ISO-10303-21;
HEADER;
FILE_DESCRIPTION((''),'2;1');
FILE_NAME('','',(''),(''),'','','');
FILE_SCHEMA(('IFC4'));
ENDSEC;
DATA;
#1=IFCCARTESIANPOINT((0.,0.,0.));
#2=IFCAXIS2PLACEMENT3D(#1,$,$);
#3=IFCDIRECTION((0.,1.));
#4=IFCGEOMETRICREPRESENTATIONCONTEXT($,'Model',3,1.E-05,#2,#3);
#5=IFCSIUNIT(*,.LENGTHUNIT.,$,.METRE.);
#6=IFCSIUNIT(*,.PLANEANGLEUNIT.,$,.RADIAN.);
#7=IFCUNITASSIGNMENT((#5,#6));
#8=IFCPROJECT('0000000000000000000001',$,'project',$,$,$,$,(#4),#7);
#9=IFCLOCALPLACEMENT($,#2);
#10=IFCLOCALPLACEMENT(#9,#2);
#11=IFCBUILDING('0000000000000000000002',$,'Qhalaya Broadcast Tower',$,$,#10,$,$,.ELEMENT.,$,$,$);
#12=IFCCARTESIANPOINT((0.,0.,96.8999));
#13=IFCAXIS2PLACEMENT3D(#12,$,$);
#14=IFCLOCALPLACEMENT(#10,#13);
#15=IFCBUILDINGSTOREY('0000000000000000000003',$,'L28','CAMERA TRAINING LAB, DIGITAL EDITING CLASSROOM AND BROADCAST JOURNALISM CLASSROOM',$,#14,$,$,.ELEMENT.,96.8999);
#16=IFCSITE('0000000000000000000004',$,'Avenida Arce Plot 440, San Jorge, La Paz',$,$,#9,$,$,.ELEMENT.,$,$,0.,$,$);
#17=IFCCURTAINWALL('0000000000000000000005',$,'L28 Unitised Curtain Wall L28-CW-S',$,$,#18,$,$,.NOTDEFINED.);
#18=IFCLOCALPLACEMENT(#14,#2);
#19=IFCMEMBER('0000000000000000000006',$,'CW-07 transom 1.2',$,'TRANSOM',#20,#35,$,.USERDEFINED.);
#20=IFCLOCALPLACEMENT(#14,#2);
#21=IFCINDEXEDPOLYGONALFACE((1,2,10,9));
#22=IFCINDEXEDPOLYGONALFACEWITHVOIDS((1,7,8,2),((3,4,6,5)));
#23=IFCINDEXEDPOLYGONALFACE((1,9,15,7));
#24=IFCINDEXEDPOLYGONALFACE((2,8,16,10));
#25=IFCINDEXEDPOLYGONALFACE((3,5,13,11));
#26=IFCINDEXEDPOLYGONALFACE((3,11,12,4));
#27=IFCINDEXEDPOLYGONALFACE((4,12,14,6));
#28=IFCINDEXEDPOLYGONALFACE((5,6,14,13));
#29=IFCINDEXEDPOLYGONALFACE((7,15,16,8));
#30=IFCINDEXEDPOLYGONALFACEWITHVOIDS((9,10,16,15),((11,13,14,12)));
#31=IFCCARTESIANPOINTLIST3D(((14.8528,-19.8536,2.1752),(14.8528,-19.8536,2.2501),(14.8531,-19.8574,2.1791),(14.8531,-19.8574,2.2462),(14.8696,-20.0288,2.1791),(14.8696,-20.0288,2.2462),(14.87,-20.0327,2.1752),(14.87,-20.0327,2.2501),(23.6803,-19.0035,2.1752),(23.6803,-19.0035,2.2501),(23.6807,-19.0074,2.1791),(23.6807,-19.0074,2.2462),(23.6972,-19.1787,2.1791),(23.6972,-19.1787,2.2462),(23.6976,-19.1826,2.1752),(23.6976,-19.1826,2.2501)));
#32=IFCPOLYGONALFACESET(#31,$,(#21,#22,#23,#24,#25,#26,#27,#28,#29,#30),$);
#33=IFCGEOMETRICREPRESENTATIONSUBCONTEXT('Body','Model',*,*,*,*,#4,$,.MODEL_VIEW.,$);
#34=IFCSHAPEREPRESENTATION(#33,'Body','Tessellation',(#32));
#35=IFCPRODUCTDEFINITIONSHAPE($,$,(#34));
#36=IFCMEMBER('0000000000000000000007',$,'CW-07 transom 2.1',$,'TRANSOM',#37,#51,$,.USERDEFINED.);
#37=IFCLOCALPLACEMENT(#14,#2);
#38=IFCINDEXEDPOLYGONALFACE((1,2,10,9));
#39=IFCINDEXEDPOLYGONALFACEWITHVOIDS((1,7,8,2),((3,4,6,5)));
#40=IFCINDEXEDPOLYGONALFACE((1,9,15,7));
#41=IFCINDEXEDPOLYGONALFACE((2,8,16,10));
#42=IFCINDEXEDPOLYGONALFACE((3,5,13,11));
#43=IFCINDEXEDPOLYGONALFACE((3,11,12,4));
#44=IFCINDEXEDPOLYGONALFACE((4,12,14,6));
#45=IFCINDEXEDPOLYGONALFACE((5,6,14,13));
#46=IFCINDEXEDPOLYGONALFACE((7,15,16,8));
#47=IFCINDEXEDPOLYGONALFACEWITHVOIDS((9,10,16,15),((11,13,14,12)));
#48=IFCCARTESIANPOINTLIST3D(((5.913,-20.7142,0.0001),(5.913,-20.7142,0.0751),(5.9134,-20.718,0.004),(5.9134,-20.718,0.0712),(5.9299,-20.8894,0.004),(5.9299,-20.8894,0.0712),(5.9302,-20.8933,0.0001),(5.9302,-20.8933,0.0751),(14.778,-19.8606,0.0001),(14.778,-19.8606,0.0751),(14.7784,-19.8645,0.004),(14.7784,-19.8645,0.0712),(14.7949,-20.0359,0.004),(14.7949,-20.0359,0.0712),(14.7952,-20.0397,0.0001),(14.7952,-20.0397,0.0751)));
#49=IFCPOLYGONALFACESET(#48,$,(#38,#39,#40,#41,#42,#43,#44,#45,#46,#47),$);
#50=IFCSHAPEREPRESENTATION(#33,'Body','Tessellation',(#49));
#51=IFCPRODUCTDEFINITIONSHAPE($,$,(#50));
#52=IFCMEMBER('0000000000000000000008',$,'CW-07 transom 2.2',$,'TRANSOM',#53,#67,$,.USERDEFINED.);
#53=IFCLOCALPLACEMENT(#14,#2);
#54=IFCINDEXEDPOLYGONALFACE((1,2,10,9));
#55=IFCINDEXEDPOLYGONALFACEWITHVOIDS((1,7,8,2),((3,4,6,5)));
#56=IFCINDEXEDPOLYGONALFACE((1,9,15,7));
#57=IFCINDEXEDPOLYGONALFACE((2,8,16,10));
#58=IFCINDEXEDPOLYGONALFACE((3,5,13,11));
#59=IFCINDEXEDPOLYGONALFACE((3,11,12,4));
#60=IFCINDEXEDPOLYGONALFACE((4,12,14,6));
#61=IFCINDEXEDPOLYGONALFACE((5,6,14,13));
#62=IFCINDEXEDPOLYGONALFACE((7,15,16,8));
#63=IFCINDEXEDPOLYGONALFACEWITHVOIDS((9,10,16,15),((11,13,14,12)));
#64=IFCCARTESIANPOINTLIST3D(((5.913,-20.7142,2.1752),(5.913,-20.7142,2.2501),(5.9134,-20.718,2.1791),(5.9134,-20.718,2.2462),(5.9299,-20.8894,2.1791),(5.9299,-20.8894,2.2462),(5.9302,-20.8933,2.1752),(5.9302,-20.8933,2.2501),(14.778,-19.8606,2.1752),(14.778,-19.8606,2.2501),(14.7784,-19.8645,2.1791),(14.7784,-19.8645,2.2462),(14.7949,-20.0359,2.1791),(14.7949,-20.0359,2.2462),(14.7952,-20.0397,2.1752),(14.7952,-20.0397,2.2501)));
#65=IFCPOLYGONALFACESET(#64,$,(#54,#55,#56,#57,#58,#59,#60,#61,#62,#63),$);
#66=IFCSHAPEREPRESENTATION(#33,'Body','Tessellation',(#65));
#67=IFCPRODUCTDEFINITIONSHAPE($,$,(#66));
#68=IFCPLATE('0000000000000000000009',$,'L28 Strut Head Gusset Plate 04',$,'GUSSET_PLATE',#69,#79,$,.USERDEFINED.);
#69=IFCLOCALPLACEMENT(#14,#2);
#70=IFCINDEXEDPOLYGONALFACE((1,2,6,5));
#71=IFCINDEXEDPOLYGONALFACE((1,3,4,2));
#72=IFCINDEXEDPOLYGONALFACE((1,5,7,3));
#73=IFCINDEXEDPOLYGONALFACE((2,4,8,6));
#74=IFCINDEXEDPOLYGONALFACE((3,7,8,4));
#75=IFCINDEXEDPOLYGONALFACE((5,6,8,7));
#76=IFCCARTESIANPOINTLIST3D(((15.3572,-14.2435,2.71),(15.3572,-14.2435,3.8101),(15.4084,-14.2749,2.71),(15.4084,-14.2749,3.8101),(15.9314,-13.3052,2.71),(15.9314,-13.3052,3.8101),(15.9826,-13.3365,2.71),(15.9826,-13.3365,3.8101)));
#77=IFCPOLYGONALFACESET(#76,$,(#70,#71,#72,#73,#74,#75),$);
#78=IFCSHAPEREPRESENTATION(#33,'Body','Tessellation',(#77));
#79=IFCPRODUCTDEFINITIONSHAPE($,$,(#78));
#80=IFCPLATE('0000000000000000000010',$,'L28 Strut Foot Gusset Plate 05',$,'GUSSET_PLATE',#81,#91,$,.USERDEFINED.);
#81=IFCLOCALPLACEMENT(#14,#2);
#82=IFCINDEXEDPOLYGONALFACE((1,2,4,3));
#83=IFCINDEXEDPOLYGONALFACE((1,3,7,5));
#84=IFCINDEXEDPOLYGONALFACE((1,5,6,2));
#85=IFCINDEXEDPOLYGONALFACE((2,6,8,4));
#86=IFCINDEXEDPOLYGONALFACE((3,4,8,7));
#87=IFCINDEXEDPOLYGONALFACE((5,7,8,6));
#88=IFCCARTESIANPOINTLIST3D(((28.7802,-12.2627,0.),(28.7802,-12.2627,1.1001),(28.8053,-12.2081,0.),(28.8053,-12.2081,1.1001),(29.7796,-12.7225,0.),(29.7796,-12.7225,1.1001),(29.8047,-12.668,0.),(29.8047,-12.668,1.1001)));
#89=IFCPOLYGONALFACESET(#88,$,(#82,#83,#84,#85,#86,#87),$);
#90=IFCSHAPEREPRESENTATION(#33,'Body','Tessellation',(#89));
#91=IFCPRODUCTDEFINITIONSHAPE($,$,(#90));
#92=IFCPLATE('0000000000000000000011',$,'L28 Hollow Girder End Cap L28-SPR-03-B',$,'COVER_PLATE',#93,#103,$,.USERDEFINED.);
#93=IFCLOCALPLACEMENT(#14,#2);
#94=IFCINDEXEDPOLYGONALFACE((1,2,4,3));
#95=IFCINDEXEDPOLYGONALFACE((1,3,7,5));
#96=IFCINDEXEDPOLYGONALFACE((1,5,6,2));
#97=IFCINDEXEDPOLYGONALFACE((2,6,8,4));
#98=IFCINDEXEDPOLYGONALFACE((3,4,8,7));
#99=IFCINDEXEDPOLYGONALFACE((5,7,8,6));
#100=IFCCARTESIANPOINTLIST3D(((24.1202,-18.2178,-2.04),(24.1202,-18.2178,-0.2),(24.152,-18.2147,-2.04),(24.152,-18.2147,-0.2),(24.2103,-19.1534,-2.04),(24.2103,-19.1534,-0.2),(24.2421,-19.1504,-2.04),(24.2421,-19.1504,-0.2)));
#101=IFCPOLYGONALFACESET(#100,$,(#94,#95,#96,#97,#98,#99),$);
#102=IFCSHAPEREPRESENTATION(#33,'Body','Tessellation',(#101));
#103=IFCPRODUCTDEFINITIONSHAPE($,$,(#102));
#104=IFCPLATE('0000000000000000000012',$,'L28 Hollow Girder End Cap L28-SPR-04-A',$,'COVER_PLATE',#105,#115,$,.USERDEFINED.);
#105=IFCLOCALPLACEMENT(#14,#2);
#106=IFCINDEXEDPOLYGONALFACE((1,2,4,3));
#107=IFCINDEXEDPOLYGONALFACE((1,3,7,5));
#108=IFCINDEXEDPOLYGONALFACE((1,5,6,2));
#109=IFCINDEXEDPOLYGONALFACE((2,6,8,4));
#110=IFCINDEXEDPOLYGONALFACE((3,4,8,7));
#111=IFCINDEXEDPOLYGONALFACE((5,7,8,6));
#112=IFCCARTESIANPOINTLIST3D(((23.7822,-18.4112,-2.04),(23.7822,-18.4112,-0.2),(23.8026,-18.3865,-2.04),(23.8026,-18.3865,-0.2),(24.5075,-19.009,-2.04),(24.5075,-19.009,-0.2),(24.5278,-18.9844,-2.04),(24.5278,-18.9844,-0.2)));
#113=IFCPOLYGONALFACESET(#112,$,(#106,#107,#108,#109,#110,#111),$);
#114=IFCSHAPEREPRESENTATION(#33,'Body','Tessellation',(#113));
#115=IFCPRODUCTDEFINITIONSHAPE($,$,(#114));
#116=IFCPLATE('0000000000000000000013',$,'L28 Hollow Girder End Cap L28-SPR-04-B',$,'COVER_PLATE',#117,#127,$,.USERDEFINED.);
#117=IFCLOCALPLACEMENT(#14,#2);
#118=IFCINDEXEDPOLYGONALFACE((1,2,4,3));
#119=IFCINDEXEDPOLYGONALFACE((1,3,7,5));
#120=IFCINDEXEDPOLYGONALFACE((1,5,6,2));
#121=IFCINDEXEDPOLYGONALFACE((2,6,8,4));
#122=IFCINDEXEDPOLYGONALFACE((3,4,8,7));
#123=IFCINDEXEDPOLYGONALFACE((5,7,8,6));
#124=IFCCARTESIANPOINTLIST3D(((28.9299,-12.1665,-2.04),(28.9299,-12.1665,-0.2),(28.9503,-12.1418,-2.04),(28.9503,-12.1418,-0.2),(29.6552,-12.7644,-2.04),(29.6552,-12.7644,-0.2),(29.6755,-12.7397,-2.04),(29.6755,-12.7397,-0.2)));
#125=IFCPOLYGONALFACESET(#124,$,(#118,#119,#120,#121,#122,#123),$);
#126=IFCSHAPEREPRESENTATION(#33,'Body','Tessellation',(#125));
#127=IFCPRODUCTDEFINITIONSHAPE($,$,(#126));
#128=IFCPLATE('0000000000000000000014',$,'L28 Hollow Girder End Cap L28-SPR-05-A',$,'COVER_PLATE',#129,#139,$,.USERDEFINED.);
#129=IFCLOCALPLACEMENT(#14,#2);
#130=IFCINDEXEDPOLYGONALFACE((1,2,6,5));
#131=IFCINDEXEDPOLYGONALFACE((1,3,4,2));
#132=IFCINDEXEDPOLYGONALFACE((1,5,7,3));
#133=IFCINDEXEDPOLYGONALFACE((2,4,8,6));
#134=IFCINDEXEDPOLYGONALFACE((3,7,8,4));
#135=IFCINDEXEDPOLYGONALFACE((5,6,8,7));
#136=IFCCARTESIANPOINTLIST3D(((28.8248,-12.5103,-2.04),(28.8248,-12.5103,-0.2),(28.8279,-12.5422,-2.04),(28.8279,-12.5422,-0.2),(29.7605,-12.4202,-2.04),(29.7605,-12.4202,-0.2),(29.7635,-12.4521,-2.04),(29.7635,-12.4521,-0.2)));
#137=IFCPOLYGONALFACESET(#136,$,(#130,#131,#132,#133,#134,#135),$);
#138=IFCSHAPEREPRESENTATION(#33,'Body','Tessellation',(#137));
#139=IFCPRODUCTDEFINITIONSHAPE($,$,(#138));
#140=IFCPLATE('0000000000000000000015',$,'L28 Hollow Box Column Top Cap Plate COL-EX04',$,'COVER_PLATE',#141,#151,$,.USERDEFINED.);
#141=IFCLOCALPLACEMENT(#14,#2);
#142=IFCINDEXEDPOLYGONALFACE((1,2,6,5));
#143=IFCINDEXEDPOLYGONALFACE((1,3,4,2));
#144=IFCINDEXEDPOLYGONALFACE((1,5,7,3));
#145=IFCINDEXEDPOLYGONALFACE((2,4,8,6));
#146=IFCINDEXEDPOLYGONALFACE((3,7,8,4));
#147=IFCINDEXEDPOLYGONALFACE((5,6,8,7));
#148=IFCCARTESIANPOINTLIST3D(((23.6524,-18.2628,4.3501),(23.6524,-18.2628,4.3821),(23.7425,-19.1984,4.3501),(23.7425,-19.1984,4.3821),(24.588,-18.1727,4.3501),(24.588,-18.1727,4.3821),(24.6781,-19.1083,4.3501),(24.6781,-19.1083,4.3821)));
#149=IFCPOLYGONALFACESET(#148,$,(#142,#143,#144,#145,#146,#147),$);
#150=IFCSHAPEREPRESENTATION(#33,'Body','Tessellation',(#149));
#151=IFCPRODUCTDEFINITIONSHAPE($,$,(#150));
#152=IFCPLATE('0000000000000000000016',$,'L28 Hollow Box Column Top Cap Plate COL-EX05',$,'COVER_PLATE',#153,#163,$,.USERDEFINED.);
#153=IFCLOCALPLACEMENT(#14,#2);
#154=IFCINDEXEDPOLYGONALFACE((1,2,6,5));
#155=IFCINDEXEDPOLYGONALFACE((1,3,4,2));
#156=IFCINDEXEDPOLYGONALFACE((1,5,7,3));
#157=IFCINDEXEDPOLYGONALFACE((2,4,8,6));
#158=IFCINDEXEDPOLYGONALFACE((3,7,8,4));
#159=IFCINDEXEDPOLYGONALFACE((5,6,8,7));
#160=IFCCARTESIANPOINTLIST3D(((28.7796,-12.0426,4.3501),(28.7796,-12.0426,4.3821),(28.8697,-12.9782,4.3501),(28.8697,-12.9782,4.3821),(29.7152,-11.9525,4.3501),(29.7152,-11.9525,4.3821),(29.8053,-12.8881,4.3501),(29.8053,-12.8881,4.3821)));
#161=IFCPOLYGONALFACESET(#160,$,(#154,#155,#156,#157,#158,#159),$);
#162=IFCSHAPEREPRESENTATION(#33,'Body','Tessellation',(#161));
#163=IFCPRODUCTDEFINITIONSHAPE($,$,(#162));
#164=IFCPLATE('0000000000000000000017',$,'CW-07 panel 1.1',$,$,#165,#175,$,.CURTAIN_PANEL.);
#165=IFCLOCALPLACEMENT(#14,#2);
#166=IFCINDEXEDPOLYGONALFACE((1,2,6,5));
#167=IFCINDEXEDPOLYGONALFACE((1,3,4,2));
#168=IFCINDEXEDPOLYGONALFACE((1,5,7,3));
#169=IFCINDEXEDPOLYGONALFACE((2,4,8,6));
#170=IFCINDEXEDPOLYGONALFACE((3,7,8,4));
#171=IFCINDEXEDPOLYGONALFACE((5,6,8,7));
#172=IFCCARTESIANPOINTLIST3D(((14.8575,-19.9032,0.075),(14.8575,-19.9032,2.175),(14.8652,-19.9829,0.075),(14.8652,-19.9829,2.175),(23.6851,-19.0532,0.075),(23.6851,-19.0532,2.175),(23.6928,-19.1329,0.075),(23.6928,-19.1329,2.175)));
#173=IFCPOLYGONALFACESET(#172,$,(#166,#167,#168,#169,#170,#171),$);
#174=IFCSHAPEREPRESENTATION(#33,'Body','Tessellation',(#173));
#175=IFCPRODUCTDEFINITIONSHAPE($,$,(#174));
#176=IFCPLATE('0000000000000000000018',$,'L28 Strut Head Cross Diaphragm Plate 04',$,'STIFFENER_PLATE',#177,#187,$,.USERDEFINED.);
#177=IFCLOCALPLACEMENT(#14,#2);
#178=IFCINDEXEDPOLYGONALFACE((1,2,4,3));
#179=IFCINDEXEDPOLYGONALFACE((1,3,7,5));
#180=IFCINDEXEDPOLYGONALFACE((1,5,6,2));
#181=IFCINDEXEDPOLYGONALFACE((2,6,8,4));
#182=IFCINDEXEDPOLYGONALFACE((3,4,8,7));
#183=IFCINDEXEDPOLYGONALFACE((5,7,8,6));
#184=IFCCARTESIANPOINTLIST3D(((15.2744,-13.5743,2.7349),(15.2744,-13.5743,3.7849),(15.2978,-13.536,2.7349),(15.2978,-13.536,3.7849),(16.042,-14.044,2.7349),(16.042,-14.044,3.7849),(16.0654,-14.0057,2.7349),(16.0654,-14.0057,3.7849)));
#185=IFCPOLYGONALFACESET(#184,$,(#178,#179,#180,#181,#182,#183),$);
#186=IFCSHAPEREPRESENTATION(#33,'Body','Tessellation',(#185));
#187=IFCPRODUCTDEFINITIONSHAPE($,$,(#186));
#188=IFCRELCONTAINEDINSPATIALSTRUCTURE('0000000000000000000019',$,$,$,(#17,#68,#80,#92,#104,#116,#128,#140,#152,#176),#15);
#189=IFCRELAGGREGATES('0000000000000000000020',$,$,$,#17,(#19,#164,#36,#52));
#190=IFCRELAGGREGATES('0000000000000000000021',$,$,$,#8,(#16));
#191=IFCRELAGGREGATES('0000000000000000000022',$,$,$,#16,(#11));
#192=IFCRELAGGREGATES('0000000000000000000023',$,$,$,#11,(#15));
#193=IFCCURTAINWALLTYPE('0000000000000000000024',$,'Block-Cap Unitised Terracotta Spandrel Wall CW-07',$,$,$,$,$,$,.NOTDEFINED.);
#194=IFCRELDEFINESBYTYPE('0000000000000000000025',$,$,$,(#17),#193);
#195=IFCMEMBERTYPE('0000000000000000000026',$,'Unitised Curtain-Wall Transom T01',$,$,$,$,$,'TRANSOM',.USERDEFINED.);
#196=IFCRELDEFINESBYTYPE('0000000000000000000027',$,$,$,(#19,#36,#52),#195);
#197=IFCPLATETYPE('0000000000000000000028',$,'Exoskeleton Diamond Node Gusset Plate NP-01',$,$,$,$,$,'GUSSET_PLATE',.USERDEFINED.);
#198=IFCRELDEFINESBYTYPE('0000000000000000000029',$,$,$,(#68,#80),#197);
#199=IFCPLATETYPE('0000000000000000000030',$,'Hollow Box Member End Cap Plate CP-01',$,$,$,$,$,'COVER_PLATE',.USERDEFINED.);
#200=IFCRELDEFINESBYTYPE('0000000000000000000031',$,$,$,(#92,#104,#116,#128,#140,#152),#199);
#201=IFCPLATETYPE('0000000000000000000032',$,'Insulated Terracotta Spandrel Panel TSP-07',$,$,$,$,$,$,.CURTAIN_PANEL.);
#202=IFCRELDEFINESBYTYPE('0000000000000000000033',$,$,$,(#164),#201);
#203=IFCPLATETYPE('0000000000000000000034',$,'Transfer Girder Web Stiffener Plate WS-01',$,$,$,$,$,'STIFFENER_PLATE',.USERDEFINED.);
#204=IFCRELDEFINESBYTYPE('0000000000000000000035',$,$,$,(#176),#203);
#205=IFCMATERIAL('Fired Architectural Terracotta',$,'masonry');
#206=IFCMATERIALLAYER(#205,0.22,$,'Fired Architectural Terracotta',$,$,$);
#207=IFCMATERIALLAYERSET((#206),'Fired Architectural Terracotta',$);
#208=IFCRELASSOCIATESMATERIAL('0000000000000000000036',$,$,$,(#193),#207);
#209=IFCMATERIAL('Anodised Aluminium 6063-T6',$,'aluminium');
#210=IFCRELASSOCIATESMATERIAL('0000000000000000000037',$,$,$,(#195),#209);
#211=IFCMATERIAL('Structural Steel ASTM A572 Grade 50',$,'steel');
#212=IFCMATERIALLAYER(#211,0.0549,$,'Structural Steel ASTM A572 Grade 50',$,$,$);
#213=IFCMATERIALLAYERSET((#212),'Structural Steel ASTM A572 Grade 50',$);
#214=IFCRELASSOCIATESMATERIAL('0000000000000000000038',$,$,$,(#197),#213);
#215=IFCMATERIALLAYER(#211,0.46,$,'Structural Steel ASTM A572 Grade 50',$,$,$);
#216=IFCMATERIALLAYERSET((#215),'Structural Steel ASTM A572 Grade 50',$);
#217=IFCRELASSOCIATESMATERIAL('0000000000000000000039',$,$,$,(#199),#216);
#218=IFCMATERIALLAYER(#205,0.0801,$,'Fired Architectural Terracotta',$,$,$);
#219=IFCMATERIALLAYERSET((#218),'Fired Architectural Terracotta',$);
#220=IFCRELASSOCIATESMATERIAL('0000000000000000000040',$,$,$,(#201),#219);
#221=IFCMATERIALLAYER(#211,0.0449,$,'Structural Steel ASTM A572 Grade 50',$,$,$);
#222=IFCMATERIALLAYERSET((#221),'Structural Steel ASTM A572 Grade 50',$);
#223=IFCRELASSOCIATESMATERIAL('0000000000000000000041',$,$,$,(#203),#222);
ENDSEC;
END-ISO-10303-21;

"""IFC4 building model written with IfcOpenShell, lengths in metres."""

from ifc_helpers import new_model, si_unit, direction, frame, origin, origin_2d, place, context, subcontext, project, spatial, rectangle, hollow_rectangle, extrude, material, layer, layer_set, material_profile, profile_set, type_object, element, aggregate, save


model = new_model("IFC4")

# Units and contexts
model_context = context("Model", 3, precision=1e-05, world=origin(), true_north=direction((0.0, 1.0)))
body_context = subcontext(model_context, "Body", "Model", "MODEL_VIEW")
ifc_project = project(units=[si_unit("LENGTHUNIT", "METRE"), si_unit("PLANEANGLEUNIT", "RADIAN")], contexts=[model_context])

# Site, building, storey
site_placement = place(None, origin())
site = spatial("IfcSite", under=ifc_project, at=site_placement, Name="Avenida Arce Plot 440, San Jorge, La Paz", CompositionType="ELEMENT", RefElevation=0.0)
building_placement = place(site_placement, origin())
building = spatial("IfcBuilding", under=site, at=building_placement, Name="Qhalaya Broadcast Tower", CompositionType="ELEMENT")
storey_placement = place(building_placement, frame((0.0, 0.0, 96.8999)))
storey = spatial("IfcBuildingStorey", under=building, at=storey_placement, Name="L28", Description="CAMERA TRAINING LAB, DIGITAL EDITING CLASSROOM AND BROADCAST JOURNALISM CLASSROOM", CompositionType="ELEMENT", Elevation=96.8999)

# Shared definitions
ifc_material_1 = material(Name="Structural Steel ASTM A572 Grade 50", Category="steel")

# Curtain wall
ifc_material_2 = material(Name="Fired Architectural Terracotta", Category="masonry")
ifc_layer_1 = layer(ifc_material_2, 0.22, Name="Fired Architectural Terracotta")
ifc_layer_set_1 = layer_set([ifc_layer_1], Name="Fired Architectural Terracotta")
curtain_wall_type = type_object("IfcCurtainWallType", Name="Block-Cap Unitised Terracotta Spandrel Wall CW-07", PredefinedType="NOTDEFINED", material=ifc_layer_set_1)
curtain_wall_1_placement = place(storey_placement, origin())
curtain_wall_1 = element("IfcCurtainWall", 1, at=curtain_wall_1_placement, inside=storey, type_object=curtain_wall_type, Name="L28 Unitised Curtain Wall L28-CW-S", PredefinedType="NOTDEFINED")
ifc_material_3 = material(Name="Anodised Aluminium 6063-T6", Category="aluminium")

# Members
ifc_material_profile_1 = material_profile(ifc_material_3, hollow_rectangle(XDim=0.075, YDim=0.1799, WallThickness=0.0039, at=origin_2d()), Name="ALU-TRN 75x180x4")
ifc_profile_set_1 = profile_set([ifc_material_profile_1], Name="Anodised Aluminium 6063-T6")
member_type_1 = type_object("IfcMemberType", Name="Unitised Curtain-Wall Transom T01", ElementType="TRANSOM", PredefinedType="USERDEFINED", material=ifc_profile_set_1)
member_1_placement = place(storey_placement, frame((23.689, -19.093, 2.2126), z_axis=(-0.995395, -0.095856, 0.0), x_axis=(0.0, 0.0, 1.0)))
member_1 = element("IfcMember", 2, at=member_1_placement, type_object=member_type_1, Name="CW-07 transom 1.2", ObjectType="TRANSOM", PredefinedType="USERDEFINED", context=body_context, shape_type="SweptSolid", body=[
    extrude(hollow_rectangle(XDim=0.075, YDim=0.1799, WallThickness=0.0039, at=origin_2d()), origin(), (0.0, 0.0, 1.0), 8.8684),
])
member_2_placement = place(storey_placement, frame((14.7866, -19.9502, 0.0376), z_axis=(-0.995397, -0.095836, 0.0), x_axis=(0.0, 0.0, 1.0)))
member_2 = element("IfcMember", 3, at=member_2_placement, type_object=member_type_1, Name="CW-07 transom 2.1", ObjectType="TRANSOM", PredefinedType="USERDEFINED", context=body_context, shape_type="SweptSolid", body=[
    extrude(hollow_rectangle(XDim=0.075, YDim=0.1799, WallThickness=0.0039, at=origin_2d()), origin(), (0.0, 0.0, 1.0), 8.906),
])
member_3_placement = place(storey_placement, frame((14.7866, -19.9502, 2.2126), z_axis=(-0.995397, -0.095836, 0.0), x_axis=(0.0, 0.0, 1.0)))
member_3 = element("IfcMember", 4, at=member_3_placement, type_object=member_type_1, Name="CW-07 transom 2.2", ObjectType="TRANSOM", PredefinedType="USERDEFINED", context=body_context, shape_type="SweptSolid", body=[
    extrude(hollow_rectangle(XDim=0.075, YDim=0.1799, WallThickness=0.0039, at=origin_2d()), origin(), (0.0, 0.0, 1.0), 8.906),
])

# Plates
ifc_layer_2 = layer(ifc_material_1, 0.0549, Name="Structural Steel ASTM A572 Grade 50")
ifc_layer_set_2 = layer_set([ifc_layer_2], Name="Structural Steel ASTM A572 Grade 50")
plate_type_1 = type_object("IfcPlateType", Name="Exoskeleton Diamond Node Gusset Plate NP-01", ElementType="GUSSET_PLATE", PredefinedType="USERDEFINED", material=ifc_layer_set_2)
for number, where, z_axis, x_axis, name in (
    (5, (15.6699, -13.79, 2.71), (0.0, 0.0, 1.0), (0.521948, 0.852977, 0.0), "L28 Strut Head Gusset Plate 04"),
    (6, (29.2925, -12.4653, 0.0), (0.0, 0.0, 1.0), (-0.90845, 0.417994, 0.0), "L28 Strut Foot Gusset Plate 05"),
):
    element("IfcPlate", number, at=place(storey_placement, frame(where, z_axis=z_axis, x_axis=x_axis)), inside=storey, type_object=plate_type_1, Name=name, ObjectType="GUSSET_PLATE", PredefinedType="USERDEFINED", context=body_context, shape_type="SweptSolid", body=[
        extrude(rectangle(XDim=1.1001, YDim=0.0601, at=origin_2d()), origin(), (0.0, 0.0, 1.0), 1.1001),
    ])
ifc_layer_3 = layer(ifc_material_1, 0.46, Name="Structural Steel ASTM A572 Grade 50")
ifc_layer_set_3 = layer_set([ifc_layer_3], Name="Structural Steel ASTM A572 Grade 50")
plate_type_2 = type_object("IfcPlateType", Name="Hollow Box Member End Cap Plate CP-01", ElementType="COVER_PLATE", PredefinedType="USERDEFINED", material=ifc_layer_set_3)
for number, where, z_axis, x_axis, name in (
    (7, (24.1812, -18.6841, -2.04), (0.0, 0.0, 1.0), (-0.095846, 0.995396, 0.0), "L28 Hollow Girder End Cap L28-SPR-03-B"),
    (8, (24.155, -18.6978, -2.04), (0.0, 0.0, 1.0), (-0.771625, 0.636078, 0.0), "L28 Hollow Girder End Cap L28-SPR-04-A"),
    (9, (29.3027, -12.4531, -2.04), (0.0, 0.0, 1.0), (-0.771625, 0.636078, 0.0), "L28 Hollow Girder End Cap L28-SPR-04-B"),
    (10, (29.2942, -12.4812, -2.04), (0.0, 0.0, 1.0), (-0.995396, -0.095846, 0.0), "L28 Hollow Girder End Cap L28-SPR-05-A"),
):
    element("IfcPlate", number, at=place(storey_placement, frame(where, z_axis=z_axis, x_axis=x_axis)), inside=storey, type_object=plate_type_2, Name=name, ObjectType="COVER_PLATE", PredefinedType="USERDEFINED", context=body_context, shape_type="SweptSolid", body=[
        extrude(rectangle(XDim=0.9399, YDim=0.032, at=origin_2d()), origin(), (0.0, 0.0, 1.0), 1.8401),
    ])
for number, where, z_axis, x_axis, name in (
    (11, (24.1653, -18.6855, 4.3501), (0.0, 0.0, 1.0), (0.995396, 0.095846, 0.0), "L28 Hollow Box Column Top Cap Plate COL-EX04"),
    (12, (29.2925, -12.4653, 4.3501), (0.0, 0.0, 1.0), (-0.095846, 0.995396, 0.0), "L28 Hollow Box Column Top Cap Plate COL-EX05"),
):
    element("IfcPlate", number, at=place(storey_placement, frame(where, z_axis=z_axis, x_axis=x_axis)), inside=storey, type_object=plate_type_2, Name=name, ObjectType="COVER_PLATE", PredefinedType="USERDEFINED", context=body_context, shape_type="SweptSolid", body=[
        extrude(rectangle(XDim=0.9399, YDim=0.9399, at=origin_2d()), origin(), (0.0, 0.0, 1.0), 0.032),
    ])

# Plates
ifc_layer_4 = layer(ifc_material_2, 0.0801, Name="Fired Architectural Terracotta")
ifc_layer_set_4 = layer_set([ifc_layer_4], Name="Fired Architectural Terracotta")
plate_type_3 = type_object("IfcPlateType", Name="Insulated Terracotta Spandrel Panel TSP-07", PredefinedType="CURTAIN_PANEL", material=ifc_layer_set_4)
plate_1_placement = place(storey_placement, frame((19.2751, -19.5181, 0.075), z_axis=(0.0, 0.0, 1.0), x_axis=(-0.995396, -0.095847, 0.0)))
plate_1 = element("IfcPlate", 13, at=plate_1_placement, type_object=plate_type_3, Name="CW-07 panel 1.1", PredefinedType="CURTAIN_PANEL", context=body_context, shape_type="SweptSolid", body=[
    extrude(rectangle(XDim=8.8684, YDim=0.0801, at=origin_2d()), origin(), (0.0, 0.0, 1.0), 2.1001),
])
aggregate(curtain_wall_1, [member_1, plate_1, member_2, member_3])
ifc_layer_5 = layer(ifc_material_1, 0.0449, Name="Structural Steel ASTM A572 Grade 50")
ifc_layer_set_5 = layer_set([ifc_layer_5], Name="Structural Steel ASTM A572 Grade 50")
plate_type_4 = type_object("IfcPlateType", Name="Transfer Girder Web Stiffener Plate WS-01", ElementType="STIFFENER_PLATE", PredefinedType="USERDEFINED", material=ifc_layer_set_5)
plate_2_placement = place(storey_placement, frame((15.6699, -13.79, 2.7349), z_axis=(0.0, 0.0, 1.0), x_axis=(-0.852977, 0.521948, 0.0)))
element("IfcPlate", 14, at=plate_2_placement, inside=storey, type_object=plate_type_4, Name="L28 Strut Head Cross Diaphragm Plate 04", ObjectType="STIFFENER_PLATE", PredefinedType="USERDEFINED", context=body_context, shape_type="SweptSolid", body=[
    extrude(rectangle(XDim=0.8999, YDim=0.0449, at=origin_2d()), origin(), (0.0, 0.0, 1.0), 1.05),
])

save(model, "model.ifc")
